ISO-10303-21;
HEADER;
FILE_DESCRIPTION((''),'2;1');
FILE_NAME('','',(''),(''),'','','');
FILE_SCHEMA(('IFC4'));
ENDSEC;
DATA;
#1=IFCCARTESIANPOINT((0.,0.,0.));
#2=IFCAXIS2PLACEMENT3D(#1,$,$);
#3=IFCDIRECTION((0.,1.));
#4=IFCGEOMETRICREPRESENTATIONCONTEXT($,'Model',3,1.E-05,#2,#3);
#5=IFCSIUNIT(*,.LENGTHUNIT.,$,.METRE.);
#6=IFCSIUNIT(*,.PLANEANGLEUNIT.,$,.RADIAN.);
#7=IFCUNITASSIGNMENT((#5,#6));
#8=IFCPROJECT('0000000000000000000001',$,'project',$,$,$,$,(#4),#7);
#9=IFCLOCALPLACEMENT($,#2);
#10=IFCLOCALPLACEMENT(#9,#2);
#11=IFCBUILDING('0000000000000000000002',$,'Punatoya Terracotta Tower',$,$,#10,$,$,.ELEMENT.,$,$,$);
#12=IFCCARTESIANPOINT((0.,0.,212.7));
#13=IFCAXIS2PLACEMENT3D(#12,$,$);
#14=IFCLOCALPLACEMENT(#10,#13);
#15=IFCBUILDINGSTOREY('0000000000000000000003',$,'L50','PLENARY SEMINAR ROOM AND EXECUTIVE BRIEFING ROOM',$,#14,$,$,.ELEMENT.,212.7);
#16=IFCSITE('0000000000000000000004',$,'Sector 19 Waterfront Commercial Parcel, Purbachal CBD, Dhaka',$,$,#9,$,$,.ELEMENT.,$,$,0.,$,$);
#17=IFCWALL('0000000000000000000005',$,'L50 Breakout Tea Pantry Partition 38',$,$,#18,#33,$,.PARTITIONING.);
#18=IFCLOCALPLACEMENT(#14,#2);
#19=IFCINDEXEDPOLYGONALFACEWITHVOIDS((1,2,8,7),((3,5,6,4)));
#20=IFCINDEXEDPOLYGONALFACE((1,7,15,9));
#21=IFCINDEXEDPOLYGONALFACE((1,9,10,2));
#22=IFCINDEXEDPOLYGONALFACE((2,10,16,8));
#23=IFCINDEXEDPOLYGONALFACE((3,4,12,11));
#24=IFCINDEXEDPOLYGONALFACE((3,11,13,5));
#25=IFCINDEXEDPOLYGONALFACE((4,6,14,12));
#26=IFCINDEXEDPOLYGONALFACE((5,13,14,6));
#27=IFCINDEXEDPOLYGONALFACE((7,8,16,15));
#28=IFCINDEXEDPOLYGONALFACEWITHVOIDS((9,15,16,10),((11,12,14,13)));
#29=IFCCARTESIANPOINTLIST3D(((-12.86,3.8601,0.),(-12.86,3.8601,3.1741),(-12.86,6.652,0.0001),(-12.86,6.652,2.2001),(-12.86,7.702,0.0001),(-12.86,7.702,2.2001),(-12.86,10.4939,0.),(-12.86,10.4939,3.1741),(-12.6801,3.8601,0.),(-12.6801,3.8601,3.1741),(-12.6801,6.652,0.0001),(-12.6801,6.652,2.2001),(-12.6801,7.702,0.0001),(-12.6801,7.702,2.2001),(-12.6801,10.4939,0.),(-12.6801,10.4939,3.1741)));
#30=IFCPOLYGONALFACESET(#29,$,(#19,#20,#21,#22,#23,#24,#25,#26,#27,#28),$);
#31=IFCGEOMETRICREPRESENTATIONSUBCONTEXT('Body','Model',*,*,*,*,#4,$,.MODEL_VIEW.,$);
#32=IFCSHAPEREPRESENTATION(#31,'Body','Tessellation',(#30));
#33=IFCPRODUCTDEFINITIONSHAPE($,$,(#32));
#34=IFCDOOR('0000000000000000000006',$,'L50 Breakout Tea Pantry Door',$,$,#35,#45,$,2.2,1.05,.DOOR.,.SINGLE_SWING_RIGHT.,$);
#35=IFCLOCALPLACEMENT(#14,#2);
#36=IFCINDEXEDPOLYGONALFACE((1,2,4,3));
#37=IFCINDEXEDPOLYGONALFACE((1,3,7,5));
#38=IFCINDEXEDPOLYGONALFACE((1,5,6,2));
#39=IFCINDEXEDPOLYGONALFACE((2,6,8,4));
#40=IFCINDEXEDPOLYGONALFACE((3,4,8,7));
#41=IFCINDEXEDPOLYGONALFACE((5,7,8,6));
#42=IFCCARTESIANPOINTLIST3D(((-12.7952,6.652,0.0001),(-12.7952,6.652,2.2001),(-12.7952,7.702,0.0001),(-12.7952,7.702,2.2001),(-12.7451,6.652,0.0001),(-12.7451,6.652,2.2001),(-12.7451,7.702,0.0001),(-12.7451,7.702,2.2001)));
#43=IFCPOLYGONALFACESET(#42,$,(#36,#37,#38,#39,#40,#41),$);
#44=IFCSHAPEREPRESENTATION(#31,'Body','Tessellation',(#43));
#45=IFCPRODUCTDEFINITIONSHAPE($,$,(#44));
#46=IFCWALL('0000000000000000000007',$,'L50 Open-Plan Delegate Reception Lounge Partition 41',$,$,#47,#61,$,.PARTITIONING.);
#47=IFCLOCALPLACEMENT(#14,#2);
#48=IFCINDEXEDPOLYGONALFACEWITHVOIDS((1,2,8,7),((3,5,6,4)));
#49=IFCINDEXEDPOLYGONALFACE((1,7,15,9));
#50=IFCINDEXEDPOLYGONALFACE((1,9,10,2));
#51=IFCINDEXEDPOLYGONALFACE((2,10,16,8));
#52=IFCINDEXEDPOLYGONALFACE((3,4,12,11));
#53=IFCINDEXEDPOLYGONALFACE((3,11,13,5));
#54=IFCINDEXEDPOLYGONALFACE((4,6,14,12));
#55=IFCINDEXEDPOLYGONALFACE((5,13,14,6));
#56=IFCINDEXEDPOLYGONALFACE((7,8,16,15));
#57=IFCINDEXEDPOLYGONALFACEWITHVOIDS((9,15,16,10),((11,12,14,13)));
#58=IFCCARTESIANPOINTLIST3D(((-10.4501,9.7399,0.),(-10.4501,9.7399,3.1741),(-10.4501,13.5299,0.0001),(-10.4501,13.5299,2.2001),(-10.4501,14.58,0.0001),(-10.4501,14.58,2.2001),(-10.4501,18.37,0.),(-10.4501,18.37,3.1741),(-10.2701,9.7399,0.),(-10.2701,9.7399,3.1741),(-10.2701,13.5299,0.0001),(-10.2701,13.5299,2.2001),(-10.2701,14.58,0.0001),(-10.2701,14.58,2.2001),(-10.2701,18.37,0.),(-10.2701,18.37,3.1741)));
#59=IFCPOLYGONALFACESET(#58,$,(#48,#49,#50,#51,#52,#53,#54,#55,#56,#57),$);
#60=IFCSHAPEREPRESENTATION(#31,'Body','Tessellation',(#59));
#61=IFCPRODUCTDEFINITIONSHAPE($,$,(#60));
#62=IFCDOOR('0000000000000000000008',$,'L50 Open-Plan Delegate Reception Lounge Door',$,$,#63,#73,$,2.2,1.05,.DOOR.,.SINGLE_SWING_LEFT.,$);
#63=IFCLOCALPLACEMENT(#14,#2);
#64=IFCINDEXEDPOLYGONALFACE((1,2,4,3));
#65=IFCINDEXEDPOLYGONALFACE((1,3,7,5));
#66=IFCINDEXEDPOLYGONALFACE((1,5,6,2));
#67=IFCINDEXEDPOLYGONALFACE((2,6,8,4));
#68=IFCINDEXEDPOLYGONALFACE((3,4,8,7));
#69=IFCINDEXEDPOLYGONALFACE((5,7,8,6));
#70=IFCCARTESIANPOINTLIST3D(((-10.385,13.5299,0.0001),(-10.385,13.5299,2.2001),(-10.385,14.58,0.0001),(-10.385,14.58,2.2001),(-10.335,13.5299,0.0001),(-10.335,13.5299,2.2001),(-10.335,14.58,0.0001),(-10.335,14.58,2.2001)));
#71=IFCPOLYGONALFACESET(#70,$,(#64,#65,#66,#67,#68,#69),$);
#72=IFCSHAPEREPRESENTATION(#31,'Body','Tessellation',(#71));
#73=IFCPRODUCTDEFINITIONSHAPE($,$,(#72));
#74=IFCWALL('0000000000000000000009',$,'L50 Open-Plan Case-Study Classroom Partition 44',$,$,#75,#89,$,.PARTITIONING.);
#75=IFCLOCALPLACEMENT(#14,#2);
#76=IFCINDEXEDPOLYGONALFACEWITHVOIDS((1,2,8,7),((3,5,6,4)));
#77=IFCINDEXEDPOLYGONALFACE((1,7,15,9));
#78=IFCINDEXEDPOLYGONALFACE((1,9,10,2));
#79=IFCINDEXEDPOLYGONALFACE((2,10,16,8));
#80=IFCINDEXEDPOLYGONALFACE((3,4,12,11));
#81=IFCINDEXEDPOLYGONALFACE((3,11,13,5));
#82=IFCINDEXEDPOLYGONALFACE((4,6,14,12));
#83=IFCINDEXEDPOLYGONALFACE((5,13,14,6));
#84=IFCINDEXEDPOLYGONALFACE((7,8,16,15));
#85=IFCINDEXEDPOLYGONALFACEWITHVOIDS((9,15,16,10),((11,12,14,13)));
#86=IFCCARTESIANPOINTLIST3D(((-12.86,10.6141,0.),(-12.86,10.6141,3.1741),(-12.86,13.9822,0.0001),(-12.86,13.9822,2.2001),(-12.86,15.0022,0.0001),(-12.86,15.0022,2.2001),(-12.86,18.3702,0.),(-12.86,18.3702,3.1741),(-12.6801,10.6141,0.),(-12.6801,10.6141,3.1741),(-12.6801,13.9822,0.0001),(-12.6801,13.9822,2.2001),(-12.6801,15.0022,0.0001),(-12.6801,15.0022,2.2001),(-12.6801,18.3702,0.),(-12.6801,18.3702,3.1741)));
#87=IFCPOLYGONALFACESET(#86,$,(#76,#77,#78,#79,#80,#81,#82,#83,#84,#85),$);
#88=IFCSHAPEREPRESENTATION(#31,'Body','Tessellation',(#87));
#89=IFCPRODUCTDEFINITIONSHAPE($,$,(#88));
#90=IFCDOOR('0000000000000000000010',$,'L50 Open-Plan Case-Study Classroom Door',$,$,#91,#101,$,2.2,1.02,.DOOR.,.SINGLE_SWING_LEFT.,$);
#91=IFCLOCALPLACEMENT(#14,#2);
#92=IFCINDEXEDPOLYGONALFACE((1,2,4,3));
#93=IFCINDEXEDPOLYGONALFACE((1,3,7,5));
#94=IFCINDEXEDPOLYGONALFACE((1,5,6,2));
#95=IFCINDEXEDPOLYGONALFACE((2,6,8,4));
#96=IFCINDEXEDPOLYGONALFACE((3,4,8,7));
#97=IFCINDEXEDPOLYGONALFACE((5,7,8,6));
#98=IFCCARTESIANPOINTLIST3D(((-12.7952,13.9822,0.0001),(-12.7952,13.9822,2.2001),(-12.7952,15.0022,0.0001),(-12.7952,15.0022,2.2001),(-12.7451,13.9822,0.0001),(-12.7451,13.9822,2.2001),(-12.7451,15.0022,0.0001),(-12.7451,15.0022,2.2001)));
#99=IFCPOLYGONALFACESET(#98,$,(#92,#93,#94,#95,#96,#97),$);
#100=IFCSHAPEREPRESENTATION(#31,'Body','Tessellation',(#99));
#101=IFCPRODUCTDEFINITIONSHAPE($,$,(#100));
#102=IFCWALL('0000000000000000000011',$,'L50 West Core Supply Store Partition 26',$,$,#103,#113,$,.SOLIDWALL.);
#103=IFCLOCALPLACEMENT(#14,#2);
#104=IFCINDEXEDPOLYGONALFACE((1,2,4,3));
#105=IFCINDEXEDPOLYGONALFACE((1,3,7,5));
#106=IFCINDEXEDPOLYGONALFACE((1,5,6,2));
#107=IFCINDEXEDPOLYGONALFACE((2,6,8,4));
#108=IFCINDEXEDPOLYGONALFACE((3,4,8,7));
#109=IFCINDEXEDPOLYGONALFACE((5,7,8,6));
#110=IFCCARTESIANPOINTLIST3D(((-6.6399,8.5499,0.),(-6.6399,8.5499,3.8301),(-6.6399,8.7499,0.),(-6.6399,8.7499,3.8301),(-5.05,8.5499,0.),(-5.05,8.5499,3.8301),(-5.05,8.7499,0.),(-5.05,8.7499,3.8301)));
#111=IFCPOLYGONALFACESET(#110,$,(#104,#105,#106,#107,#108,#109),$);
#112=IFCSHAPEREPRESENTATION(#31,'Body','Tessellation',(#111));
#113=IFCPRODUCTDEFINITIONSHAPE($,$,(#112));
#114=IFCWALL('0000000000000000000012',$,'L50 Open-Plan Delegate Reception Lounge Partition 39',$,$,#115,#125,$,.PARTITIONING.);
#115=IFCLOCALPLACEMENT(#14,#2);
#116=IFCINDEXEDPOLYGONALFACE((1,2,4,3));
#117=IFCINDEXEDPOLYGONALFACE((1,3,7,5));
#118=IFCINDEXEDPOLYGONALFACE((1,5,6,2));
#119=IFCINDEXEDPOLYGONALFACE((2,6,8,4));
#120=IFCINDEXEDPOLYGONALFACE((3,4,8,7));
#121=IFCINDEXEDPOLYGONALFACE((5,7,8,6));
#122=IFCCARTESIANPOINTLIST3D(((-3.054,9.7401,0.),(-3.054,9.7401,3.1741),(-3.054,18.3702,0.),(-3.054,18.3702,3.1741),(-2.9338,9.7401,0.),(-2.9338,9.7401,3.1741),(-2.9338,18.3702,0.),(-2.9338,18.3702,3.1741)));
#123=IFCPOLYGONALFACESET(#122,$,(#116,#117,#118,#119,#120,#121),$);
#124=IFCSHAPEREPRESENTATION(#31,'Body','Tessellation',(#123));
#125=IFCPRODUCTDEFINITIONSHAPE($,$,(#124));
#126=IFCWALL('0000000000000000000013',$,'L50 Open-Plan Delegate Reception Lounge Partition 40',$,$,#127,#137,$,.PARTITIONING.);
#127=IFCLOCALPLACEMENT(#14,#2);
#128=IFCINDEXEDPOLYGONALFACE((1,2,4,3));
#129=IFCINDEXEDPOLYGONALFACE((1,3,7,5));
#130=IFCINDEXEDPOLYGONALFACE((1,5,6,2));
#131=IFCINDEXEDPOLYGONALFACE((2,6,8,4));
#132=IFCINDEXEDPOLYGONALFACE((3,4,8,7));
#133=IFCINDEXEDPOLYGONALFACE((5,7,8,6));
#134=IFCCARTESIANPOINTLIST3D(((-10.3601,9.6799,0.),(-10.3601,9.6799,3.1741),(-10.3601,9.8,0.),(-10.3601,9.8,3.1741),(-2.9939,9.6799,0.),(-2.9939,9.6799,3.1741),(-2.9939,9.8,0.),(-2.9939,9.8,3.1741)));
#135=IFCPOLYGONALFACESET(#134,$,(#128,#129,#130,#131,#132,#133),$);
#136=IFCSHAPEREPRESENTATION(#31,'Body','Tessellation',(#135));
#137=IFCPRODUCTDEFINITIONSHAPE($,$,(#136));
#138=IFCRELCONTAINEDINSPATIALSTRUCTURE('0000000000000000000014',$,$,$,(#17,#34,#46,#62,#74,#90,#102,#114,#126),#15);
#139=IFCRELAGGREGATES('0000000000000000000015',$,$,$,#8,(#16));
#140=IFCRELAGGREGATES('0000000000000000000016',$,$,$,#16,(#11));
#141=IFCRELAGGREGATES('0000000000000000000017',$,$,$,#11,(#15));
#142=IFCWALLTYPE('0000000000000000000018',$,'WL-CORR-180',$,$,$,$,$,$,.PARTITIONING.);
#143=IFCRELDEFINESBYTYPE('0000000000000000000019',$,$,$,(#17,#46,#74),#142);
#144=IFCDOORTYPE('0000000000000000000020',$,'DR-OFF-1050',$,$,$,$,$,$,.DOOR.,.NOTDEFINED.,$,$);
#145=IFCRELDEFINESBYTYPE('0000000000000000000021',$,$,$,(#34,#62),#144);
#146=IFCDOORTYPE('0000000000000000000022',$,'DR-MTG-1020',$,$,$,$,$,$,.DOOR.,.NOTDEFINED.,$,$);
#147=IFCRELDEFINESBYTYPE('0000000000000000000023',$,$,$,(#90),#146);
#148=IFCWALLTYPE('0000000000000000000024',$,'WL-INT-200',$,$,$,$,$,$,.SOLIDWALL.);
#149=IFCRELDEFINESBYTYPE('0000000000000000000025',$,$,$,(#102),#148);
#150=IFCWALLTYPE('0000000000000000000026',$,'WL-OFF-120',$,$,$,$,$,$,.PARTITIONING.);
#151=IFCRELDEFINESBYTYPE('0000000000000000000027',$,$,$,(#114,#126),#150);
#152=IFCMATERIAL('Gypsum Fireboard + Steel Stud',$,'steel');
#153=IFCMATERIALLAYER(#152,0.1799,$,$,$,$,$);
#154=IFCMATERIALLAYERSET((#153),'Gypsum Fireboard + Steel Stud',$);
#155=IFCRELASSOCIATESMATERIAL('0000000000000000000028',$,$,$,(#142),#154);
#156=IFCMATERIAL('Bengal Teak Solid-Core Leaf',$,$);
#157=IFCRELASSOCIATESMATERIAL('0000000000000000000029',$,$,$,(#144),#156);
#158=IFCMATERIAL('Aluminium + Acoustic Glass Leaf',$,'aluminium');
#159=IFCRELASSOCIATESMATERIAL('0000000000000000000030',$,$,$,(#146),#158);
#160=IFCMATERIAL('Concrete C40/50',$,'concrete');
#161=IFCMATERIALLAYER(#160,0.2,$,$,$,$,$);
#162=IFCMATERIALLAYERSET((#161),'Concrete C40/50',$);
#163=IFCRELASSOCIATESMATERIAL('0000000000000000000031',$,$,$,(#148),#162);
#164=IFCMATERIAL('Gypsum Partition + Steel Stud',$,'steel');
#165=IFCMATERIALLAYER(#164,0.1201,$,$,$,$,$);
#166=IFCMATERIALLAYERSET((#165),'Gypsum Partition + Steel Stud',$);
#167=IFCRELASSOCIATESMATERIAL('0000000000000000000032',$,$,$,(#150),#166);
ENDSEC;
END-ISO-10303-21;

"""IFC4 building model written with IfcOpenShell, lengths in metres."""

from ifc_helpers import new_model, si_unit, direction, frame, frame_2d, origin, place, context, subcontext, project, spatial, rectangle, extrude, material, layer, layer_set, type_object, element, fill, save


model = new_model("IFC4")

# Units and contexts
model_context = context("Model", 3, precision=1e-05, world=origin(), true_north=direction((0.0, 1.0)))
body_context = subcontext(model_context, "Body", "Model", "MODEL_VIEW")
ifc_project = project(units=[si_unit("LENGTHUNIT", "METRE"), si_unit("PLANEANGLEUNIT", "RADIAN")], contexts=[model_context])

# Site, building, storey
site_placement = place(None, origin())
site = spatial("IfcSite", under=ifc_project, at=site_placement, Name="Sector 19 Waterfront Commercial Parcel, Purbachal CBD, Dhaka", CompositionType="ELEMENT", RefElevation=0.0)
building_placement = place(site_placement, origin())
building = spatial("IfcBuilding", under=site, at=building_placement, Name="Punatoya Terracotta Tower", CompositionType="ELEMENT")
storey_placement = place(building_placement, frame((0.0, 0.0, 212.7)))
storey = spatial("IfcBuildingStorey", under=building, at=storey_placement, Name="L50", Description="PLENARY SEMINAR ROOM AND EXECUTIVE BRIEFING ROOM", CompositionType="ELEMENT", Elevation=212.7)

# Shared definitions
ifc_material_1 = material(Name="Gypsum Fireboard + Steel Stud", Category="steel")
ifc_layer_1 = layer(ifc_material_1, 0.1799)
ifc_layer_set_1 = layer_set([ifc_layer_1], Name="Gypsum Fireboard + Steel Stud")
wall_type_1 = type_object("IfcWallType", Name="WL-CORR-180", PredefinedType="PARTITIONING", material=ifc_layer_set_1)

# Walls, openings, doors
wall_1_placement = place(storey_placement, frame((-12.77, 10.4939, 0.0), z_axis=(0.0, 0.0, 1.0), x_axis=(0.0, -1.0, 0.0)))
wall_1 = element("IfcWall", 1, at=wall_1_placement, inside=storey, type_object=wall_type_1, Name="L50 Breakout Tea Pantry Partition 38", PredefinedType="PARTITIONING", context=body_context, shape_type="SweptSolid", body=[
    extrude(rectangle(XDim=6.6338, YDim=0.1799, at=frame_2d((3.3169, 0.0))), origin(), (0.0, 0.0, 1.0), 3.1741),
])
opening_1_placement = place(wall_1_placement, frame((2.792, 0.0, 0.0)))
opening_1 = element("IfcOpeningElement", 2, at=opening_1_placement, cuts=wall_1, PredefinedType="OPENING", context=body_context, shape_type="SweptSolid", body=[
    extrude(rectangle(XDim=1.05, YDim=2.2, at=frame_2d((0.5249, 1.1001))), frame((0.0, 0.0999, 0.0), z_axis=(0.0, -1.0, 0.0), x_axis=(1.0, 0.0, 0.0)), (0.0, 0.0, 1.0), 0.2),
])
ifc_material_2 = material(Name="Bengal Teak Solid-Core Leaf")
door_type_1 = type_object("IfcDoorType", Name="DR-OFF-1050", OperationType="NOTDEFINED", PredefinedType="DOOR", material=ifc_material_2)
door_1_placement = place(opening_1_placement, origin())
door_1 = element("IfcDoor", 3, at=door_1_placement, inside=storey, type_object=door_type_1, Name="L50 Breakout Tea Pantry Door", OperationType="SINGLE_SWING_RIGHT", OverallHeight=2.2, OverallWidth=1.05, PredefinedType="DOOR", context=body_context, shape_type="SweptSolid", body=[
    extrude(rectangle(XDim=1.05, YDim=2.2, at=frame_2d((0.5249, 1.1001))), frame((0.0, 0.0249, 0.0), z_axis=(0.0, -1.0, 0.0), x_axis=(1.0, 0.0, 0.0)), (0.0, 0.0, 1.0), 0.05),
])
fill(opening_1, door_1)
wall_2_placement = place(storey_placement, frame((-10.3601, 9.74, 0.0), z_axis=(0.0, 0.0, 1.0), x_axis=(0.0, 1.0, 0.0)))
wall_2 = element("IfcWall", 4, at=wall_2_placement, inside=storey, type_object=wall_type_1, Name="L50 Open-Plan Delegate Reception Lounge Partition 41", PredefinedType="PARTITIONING", context=body_context, shape_type="SweptSolid", body=[
    extrude(rectangle(XDim=8.6301, YDim=0.1799, at=frame_2d((4.3149, 0.0))), origin(), (0.0, 0.0, 1.0), 3.1741),
])
opening_2_placement = place(wall_2_placement, frame((3.79, 0.0, 0.0)))
opening_2 = element("IfcOpeningElement", 5, at=opening_2_placement, cuts=wall_2, PredefinedType="OPENING", context=body_context, shape_type="SweptSolid", body=[
    extrude(rectangle(XDim=1.05, YDim=2.2, at=frame_2d((0.5249, 1.1001))), frame((0.0, 0.0999, 0.0), z_axis=(0.0, -1.0, 0.0), x_axis=(1.0, 0.0, 0.0)), (0.0, 0.0, 1.0), 0.2),
])
door_2_placement = place(opening_2_placement, origin())
door_2 = element("IfcDoor", 6, at=door_2_placement, inside=storey, type_object=door_type_1, Name="L50 Open-Plan Delegate Reception Lounge Door", OperationType="SINGLE_SWING_LEFT", OverallHeight=2.2, OverallWidth=1.05, PredefinedType="DOOR", context=body_context, shape_type="SweptSolid", body=[
    extrude(rectangle(XDim=1.05, YDim=2.2, at=frame_2d((0.5249, 1.1001))), frame((0.0, 0.0249, 0.0), z_axis=(0.0, -1.0, 0.0), x_axis=(1.0, 0.0, 0.0)), (0.0, 0.0, 1.0), 0.05),
])
fill(opening_2, door_2)
wall_3_placement = place(storey_placement, frame((-12.77, 18.3701, 0.0), z_axis=(0.0, 0.0, 1.0), x_axis=(0.0, -1.0, 0.0)))
wall_3 = element("IfcWall", 7, at=wall_3_placement, inside=storey, type_object=wall_type_1, Name="L50 Open-Plan Case-Study Classroom Partition 44", PredefinedType="PARTITIONING", context=body_context, shape_type="SweptSolid", body=[
    extrude(rectangle(XDim=7.7561, YDim=0.1799, at=frame_2d((3.8779, 0.0))), origin(), (0.0, 0.0, 1.0), 3.1741),
])
opening_3_placement = place(wall_3_placement, frame((3.3679, 0.0, 0.0)))
opening_3 = element("IfcOpeningElement", 8, at=opening_3_placement, cuts=wall_3, PredefinedType="OPENING", context=body_context, shape_type="SweptSolid", body=[
    extrude(rectangle(XDim=1.02, YDim=2.2, at=frame_2d((0.51, 1.1001))), frame((0.0, 0.0999, 0.0), z_axis=(0.0, -1.0, 0.0), x_axis=(1.0, 0.0, 0.0)), (0.0, 0.0, 1.0), 0.2),
])
ifc_material_3 = material(Name="Aluminium + Acoustic Glass Leaf", Category="aluminium")
door_type_2 = type_object("IfcDoorType", Name="DR-MTG-1020", OperationType="NOTDEFINED", PredefinedType="DOOR", material=ifc_material_3)
door_3_placement = place(opening_3_placement, origin())
door_3 = element("IfcDoor", 9, at=door_3_placement, inside=storey, type_object=door_type_2, Name="L50 Open-Plan Case-Study Classroom Door", OperationType="SINGLE_SWING_LEFT", OverallHeight=2.2, OverallWidth=1.02, PredefinedType="DOOR", context=body_context, shape_type="SweptSolid", body=[
    extrude(rectangle(XDim=1.02, YDim=2.2, at=frame_2d((0.51, 1.1001))), frame((0.0, 0.0249, 0.0), z_axis=(0.0, -1.0, 0.0), x_axis=(1.0, 0.0, 0.0)), (0.0, 0.0, 1.0), 0.05),
])
fill(opening_3, door_3)

# Walls
ifc_material_4 = material(Name="Concrete C40/50", Category="concrete")
ifc_layer_2 = layer(ifc_material_4, 0.2)
ifc_layer_set_2 = layer_set([ifc_layer_2], Name="Concrete C40/50")
wall_type_2 = type_object("IfcWallType", Name="WL-INT-200", PredefinedType="SOLIDWALL", material=ifc_layer_set_2)
wall_4_placement = place(storey_placement, frame((-5.05, 8.6499, 0.0), z_axis=(0.0, 0.0, 1.0), x_axis=(-1.0, 0.0, 0.0)))
element("IfcWall", 10, at=wall_4_placement, inside=storey, type_object=wall_type_2, Name="L50 West Core Supply Store Partition 26", PredefinedType="SOLIDWALL", context=body_context, shape_type="SweptSolid", body=[
    extrude(rectangle(XDim=1.5898, YDim=0.2, at=frame_2d((0.7949, 0.0))), origin(), (0.0, 0.0, 1.0), 3.8301),
])
ifc_material_5 = material(Name="Gypsum Partition + Steel Stud", Category="steel")
ifc_layer_3 = layer(ifc_material_5, 0.1201)
ifc_layer_set_3 = layer_set([ifc_layer_3], Name="Gypsum Partition + Steel Stud")
wall_type_3 = type_object("IfcWallType", Name="WL-OFF-120", PredefinedType="PARTITIONING", material=ifc_layer_set_3)
wall_5_placement = place(storey_placement, frame((-2.9939, 18.3701, 0.0), z_axis=(0.0, 0.0, 1.0), x_axis=(0.0, -1.0, 0.0)))
element("IfcWall", 11, at=wall_5_placement, inside=storey, type_object=wall_type_3, Name="L50 Open-Plan Delegate Reception Lounge Partition 39", PredefinedType="PARTITIONING", context=body_context, shape_type="SweptSolid", body=[
    extrude(rectangle(XDim=8.6301, YDim=0.1201, at=frame_2d((4.3149, 0.0))), origin(), (0.0, 0.0, 1.0), 3.1741),
])
wall_6_placement = place(storey_placement, frame((-2.9939, 9.74, 0.0), z_axis=(0.0, 0.0, 1.0), x_axis=(-1.0, 0.0, 0.0)))
element("IfcWall", 12, at=wall_6_placement, inside=storey, type_object=wall_type_3, Name="L50 Open-Plan Delegate Reception Lounge Partition 40", PredefinedType="PARTITIONING", context=body_context, shape_type="SweptSolid", body=[
    extrude(rectangle(XDim=7.3662, YDim=0.1201, at=frame_2d((3.6831, 0.0))), origin(), (0.0, 0.0, 1.0), 3.1741),
])

save(model, "model.ifc")
